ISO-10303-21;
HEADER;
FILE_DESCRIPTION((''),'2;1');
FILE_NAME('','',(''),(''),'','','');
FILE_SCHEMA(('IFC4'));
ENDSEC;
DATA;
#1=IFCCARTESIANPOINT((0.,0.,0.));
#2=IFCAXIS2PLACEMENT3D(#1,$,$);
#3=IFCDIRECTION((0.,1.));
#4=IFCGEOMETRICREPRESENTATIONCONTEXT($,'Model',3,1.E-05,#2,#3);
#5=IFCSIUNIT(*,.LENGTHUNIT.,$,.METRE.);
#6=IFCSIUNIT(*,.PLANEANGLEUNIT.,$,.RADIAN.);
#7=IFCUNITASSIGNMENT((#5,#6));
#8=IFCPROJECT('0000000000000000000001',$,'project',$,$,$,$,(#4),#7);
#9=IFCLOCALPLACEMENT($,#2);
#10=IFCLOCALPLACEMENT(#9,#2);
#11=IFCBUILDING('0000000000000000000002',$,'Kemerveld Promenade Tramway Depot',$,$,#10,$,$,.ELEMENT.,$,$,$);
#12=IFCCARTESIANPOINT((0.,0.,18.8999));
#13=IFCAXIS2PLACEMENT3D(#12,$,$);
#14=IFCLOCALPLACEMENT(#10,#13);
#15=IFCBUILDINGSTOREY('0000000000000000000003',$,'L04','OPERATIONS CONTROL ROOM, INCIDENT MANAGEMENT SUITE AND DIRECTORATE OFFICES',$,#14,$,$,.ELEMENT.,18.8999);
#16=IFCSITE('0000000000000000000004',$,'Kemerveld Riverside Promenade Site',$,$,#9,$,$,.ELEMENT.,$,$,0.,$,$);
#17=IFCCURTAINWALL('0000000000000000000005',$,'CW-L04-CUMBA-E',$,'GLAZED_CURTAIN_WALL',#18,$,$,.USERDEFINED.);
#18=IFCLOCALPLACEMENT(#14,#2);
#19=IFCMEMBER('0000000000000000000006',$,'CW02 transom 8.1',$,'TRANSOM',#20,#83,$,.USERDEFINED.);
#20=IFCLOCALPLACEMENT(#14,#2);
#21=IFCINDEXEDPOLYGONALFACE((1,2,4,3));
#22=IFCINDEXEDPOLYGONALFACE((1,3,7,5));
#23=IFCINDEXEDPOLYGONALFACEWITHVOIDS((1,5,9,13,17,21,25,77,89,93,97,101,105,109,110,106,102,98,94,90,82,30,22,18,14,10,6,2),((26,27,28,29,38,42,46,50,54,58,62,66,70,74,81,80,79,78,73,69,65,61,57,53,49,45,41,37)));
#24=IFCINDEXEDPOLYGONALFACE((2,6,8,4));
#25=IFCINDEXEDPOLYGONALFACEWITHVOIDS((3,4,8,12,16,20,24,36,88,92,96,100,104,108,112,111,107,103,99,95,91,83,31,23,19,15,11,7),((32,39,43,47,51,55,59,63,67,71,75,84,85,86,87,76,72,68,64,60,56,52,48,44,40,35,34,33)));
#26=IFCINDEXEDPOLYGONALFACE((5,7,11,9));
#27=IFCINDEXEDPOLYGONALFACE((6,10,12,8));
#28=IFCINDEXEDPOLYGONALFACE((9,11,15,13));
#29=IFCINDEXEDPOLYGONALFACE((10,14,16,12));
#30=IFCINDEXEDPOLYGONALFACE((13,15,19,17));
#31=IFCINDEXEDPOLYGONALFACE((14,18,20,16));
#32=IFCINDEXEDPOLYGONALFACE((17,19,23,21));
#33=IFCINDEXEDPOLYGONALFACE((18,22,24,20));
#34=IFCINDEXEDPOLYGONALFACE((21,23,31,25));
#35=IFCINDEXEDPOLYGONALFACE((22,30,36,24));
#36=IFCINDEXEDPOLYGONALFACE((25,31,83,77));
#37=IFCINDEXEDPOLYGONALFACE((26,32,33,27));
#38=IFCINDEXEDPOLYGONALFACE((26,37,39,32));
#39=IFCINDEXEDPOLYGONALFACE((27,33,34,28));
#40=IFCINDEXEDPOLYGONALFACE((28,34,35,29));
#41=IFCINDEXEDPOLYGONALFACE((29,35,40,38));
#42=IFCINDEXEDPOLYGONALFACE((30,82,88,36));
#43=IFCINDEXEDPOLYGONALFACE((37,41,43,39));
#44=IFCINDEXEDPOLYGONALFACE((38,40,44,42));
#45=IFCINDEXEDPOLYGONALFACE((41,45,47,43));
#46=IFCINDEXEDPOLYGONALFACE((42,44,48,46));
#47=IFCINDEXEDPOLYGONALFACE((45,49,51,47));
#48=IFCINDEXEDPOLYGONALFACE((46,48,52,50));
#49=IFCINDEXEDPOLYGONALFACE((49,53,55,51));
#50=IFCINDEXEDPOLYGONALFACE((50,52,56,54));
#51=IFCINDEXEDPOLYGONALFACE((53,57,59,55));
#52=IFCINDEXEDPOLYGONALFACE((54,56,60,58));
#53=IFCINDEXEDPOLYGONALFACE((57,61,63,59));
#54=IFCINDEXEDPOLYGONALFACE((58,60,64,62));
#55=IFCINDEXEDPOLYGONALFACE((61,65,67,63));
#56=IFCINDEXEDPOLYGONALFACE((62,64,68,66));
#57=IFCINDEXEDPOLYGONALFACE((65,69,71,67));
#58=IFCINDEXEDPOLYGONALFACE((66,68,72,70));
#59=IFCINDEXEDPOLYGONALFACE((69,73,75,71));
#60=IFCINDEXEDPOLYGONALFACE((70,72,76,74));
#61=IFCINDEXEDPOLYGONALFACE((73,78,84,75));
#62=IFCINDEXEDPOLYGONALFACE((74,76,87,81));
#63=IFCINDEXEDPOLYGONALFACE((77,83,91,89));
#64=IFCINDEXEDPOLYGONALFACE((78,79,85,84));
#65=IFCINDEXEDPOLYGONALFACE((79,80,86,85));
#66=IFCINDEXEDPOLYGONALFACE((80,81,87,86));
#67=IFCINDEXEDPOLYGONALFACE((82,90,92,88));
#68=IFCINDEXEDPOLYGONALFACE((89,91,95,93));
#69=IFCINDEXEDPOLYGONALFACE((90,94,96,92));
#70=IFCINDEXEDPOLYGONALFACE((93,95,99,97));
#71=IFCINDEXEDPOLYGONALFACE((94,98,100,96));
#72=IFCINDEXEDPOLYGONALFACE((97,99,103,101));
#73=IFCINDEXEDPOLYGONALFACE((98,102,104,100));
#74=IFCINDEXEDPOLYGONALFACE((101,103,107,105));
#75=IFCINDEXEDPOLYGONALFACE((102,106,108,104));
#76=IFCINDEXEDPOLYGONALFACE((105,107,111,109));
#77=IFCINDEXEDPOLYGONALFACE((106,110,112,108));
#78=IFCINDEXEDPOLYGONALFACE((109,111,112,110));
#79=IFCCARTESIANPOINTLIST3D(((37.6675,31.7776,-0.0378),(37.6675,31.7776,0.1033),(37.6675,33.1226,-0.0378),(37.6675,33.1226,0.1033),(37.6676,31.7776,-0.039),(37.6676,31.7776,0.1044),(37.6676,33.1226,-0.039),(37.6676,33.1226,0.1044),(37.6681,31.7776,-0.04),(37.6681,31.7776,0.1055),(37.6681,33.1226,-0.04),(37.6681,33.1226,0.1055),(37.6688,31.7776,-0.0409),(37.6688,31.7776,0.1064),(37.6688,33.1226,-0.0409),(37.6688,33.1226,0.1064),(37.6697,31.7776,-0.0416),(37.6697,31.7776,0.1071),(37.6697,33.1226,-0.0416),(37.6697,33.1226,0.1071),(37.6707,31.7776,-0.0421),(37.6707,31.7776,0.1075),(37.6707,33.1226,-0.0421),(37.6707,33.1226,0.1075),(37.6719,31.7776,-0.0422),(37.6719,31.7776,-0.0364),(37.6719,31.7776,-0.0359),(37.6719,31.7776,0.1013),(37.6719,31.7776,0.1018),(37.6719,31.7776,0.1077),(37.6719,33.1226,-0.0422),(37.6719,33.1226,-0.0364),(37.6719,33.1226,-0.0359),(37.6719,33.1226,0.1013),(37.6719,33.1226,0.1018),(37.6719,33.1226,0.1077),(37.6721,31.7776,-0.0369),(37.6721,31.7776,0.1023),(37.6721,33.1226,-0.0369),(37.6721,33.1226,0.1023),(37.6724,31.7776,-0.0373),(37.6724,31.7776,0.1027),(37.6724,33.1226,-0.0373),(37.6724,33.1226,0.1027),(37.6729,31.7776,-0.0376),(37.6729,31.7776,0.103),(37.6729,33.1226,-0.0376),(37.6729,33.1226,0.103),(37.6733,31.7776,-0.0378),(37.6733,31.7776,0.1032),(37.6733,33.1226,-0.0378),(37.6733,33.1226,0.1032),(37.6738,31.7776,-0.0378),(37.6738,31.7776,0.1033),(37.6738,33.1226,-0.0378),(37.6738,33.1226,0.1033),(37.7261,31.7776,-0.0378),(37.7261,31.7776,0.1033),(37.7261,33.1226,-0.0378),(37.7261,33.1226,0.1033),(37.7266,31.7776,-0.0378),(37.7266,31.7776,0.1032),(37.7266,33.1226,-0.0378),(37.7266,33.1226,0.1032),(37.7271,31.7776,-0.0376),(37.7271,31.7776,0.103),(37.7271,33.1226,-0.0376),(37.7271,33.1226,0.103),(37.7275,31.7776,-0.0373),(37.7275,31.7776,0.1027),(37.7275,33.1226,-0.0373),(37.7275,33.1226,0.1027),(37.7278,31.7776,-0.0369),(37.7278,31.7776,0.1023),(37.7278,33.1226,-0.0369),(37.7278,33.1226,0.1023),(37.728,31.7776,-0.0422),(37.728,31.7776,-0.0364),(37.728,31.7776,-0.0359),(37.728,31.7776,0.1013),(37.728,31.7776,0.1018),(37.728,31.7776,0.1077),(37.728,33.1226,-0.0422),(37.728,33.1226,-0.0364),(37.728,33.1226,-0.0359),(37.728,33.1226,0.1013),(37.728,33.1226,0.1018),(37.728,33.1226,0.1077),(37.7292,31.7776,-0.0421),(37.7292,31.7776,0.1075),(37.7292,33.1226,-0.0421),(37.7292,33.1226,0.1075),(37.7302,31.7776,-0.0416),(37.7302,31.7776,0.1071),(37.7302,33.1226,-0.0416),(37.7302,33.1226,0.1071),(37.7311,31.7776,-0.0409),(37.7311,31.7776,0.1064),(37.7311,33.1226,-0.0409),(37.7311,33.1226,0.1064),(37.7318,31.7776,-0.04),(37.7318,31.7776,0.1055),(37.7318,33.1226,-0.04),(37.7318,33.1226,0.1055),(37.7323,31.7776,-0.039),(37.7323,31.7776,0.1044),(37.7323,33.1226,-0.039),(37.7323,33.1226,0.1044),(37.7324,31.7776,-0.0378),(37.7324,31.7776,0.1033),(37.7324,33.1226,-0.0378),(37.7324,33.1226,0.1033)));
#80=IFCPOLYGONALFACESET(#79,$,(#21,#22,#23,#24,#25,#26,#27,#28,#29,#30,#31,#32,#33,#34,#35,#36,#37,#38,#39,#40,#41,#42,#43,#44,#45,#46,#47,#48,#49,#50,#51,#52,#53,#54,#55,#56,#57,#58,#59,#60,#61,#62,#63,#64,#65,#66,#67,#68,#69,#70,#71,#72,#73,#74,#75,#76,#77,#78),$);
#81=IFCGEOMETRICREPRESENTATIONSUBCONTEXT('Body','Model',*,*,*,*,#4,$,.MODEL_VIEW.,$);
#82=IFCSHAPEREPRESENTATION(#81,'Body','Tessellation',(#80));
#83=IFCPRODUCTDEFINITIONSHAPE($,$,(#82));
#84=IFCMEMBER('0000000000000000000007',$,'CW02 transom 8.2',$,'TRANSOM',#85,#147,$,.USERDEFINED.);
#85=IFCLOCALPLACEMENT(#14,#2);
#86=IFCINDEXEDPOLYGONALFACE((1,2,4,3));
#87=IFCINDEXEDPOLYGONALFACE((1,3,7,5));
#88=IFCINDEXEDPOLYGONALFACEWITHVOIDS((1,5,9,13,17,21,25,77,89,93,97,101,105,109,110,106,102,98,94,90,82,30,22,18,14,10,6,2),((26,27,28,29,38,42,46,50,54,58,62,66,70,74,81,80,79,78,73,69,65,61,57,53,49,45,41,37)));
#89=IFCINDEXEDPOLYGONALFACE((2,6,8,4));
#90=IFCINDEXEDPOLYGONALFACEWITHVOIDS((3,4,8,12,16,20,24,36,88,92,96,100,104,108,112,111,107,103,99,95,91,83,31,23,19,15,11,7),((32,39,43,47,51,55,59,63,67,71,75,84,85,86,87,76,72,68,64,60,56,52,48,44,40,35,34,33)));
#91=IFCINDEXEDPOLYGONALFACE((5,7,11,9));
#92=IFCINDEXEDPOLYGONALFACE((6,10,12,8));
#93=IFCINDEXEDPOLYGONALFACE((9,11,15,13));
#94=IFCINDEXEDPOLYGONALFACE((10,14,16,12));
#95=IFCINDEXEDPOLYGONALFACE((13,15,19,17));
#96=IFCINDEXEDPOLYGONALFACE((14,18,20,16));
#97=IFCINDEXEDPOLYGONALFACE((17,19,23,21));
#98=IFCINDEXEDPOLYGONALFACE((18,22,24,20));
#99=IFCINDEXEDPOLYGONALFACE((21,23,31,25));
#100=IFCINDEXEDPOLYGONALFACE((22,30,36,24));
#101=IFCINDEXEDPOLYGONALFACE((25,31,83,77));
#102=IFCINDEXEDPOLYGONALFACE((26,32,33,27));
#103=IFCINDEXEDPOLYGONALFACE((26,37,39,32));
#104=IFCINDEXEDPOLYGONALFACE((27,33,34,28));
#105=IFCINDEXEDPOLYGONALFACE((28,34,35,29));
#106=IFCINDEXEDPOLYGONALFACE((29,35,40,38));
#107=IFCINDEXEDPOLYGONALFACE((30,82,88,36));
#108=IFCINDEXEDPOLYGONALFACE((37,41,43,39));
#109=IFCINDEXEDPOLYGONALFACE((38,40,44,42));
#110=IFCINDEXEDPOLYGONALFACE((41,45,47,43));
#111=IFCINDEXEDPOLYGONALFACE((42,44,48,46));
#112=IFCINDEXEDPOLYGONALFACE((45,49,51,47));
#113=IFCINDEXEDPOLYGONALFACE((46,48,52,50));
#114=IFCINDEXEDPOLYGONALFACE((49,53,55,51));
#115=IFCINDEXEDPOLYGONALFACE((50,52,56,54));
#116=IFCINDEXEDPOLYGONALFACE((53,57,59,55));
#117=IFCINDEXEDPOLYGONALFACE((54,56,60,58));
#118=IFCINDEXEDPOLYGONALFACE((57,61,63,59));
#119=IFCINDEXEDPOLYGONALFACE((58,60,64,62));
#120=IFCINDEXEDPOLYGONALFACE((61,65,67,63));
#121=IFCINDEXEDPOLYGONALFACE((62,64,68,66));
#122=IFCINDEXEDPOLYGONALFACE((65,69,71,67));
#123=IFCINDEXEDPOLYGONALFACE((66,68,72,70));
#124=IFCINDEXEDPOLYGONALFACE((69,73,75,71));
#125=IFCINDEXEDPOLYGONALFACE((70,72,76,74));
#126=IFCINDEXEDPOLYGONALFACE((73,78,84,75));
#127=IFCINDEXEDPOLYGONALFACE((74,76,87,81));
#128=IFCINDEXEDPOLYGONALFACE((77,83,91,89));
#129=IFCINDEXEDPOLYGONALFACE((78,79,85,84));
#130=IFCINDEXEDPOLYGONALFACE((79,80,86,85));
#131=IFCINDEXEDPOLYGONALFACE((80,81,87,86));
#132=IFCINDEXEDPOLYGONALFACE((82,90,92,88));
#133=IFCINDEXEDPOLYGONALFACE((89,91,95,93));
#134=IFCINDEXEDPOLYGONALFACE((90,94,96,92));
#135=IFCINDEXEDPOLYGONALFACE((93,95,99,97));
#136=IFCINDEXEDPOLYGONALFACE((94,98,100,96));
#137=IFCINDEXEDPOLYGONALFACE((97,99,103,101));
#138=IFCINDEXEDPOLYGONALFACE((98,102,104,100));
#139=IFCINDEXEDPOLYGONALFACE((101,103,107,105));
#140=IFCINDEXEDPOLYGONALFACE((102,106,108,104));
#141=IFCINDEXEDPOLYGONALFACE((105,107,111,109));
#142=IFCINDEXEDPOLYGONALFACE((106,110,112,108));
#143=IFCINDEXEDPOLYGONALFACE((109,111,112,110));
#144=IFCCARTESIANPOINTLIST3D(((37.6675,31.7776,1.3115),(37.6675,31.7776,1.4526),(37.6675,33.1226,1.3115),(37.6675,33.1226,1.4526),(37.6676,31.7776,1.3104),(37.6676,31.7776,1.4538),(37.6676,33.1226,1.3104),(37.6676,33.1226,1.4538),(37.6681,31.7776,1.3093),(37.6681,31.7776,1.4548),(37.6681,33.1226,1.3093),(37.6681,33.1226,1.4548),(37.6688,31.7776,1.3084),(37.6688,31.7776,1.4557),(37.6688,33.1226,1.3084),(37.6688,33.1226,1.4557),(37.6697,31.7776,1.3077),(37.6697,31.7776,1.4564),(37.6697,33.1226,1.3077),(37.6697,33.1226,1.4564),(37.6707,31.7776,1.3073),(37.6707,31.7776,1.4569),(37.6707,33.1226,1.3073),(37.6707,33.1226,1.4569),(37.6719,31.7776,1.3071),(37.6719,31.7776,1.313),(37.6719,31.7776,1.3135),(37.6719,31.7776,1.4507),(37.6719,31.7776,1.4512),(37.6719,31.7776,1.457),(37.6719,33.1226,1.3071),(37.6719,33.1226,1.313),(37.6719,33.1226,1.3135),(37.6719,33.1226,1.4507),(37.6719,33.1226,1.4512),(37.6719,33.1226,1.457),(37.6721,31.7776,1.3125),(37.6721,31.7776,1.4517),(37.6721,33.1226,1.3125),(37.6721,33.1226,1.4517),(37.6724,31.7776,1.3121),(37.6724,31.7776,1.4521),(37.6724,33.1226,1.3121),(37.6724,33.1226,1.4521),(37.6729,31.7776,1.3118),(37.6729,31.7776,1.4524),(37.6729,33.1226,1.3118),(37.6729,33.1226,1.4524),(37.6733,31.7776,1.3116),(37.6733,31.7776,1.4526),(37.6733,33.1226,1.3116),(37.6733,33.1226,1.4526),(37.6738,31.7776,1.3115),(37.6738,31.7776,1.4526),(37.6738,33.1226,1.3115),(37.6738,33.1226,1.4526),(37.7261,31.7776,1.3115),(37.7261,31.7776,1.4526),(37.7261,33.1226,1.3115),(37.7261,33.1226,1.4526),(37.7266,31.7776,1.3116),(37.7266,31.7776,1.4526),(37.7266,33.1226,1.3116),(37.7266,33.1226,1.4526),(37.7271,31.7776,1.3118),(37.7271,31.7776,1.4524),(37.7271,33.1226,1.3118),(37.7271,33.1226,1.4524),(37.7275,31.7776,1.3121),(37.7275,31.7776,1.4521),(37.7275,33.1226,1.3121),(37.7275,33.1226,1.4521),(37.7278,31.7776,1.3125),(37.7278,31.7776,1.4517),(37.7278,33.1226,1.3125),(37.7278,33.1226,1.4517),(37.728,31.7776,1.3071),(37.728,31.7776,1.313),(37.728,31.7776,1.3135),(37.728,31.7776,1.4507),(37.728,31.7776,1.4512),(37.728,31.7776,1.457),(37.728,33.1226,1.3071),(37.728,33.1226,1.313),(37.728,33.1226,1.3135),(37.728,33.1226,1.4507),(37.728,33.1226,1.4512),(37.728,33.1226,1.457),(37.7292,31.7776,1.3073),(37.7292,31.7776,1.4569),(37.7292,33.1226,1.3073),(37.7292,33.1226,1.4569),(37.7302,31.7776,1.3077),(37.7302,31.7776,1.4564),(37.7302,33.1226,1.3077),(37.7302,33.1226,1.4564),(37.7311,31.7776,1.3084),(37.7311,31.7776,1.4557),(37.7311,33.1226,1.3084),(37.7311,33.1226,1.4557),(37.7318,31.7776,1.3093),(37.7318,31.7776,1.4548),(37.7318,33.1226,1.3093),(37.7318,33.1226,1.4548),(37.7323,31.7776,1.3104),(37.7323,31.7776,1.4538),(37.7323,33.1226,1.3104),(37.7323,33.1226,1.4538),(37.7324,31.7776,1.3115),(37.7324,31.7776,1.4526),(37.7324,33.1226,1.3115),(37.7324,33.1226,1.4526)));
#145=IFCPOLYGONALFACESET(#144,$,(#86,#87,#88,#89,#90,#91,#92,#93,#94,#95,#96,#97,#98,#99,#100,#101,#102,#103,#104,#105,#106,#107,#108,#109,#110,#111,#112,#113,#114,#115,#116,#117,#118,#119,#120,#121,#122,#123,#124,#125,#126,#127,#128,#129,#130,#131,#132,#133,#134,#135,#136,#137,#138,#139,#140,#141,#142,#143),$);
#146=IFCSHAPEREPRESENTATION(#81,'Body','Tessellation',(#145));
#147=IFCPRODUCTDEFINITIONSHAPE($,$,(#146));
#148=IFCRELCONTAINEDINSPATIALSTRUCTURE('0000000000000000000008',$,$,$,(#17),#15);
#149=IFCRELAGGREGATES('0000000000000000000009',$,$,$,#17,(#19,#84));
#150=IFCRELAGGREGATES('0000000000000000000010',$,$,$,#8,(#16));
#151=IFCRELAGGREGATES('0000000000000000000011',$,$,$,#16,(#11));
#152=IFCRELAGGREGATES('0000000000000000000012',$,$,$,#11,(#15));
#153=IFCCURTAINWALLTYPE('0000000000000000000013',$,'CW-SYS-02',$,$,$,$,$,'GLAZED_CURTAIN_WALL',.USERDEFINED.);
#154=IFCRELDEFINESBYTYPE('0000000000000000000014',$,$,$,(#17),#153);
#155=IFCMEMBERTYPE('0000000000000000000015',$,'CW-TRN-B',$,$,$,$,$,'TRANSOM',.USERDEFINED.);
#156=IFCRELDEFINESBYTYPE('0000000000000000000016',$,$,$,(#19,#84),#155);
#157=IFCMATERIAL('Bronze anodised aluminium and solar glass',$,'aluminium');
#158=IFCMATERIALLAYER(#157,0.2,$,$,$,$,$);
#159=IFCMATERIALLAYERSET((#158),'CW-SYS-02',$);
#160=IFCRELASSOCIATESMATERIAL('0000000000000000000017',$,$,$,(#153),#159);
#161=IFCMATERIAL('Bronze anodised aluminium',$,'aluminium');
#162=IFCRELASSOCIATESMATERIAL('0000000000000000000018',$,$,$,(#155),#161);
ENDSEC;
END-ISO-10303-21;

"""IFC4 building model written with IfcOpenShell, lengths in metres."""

from ifc_helpers import new_model, si_unit, direction, frame, origin, origin_2d, place, context, subcontext, project, spatial, hollow_rectangle, extrude, material, layer, layer_set, material_profile, profile_set, type_object, element, aggregate, save


model = new_model("IFC4")

# Units and contexts
model_context = context("Model", 3, precision=1e-05, world=origin(), true_north=direction((0.0, 1.0)))
body_context = subcontext(model_context, "Body", "Model", "MODEL_VIEW")
ifc_project = project(units=[si_unit("LENGTHUNIT", "METRE"), si_unit("PLANEANGLEUNIT", "RADIAN")], contexts=[model_context])

# Site, building, storey
site_placement = place(None, origin())
site = spatial("IfcSite", under=ifc_project, at=site_placement, Name="Kemerveld Riverside Promenade Site", CompositionType="ELEMENT", RefElevation=0.0)
building_placement = place(site_placement, origin())
building = spatial("IfcBuilding", under=site, at=building_placement, Name="Kemerveld Promenade Tramway Depot", CompositionType="ELEMENT")
storey_placement = place(building_placement, frame((0.0, 0.0, 18.8999)))
storey = spatial("IfcBuildingStorey", under=building, at=storey_placement, Name="L04", Description="OPERATIONS CONTROL ROOM, INCIDENT MANAGEMENT SUITE AND DIRECTORATE OFFICES", CompositionType="ELEMENT", Elevation=18.8999)

# Curtain wall, members
ifc_material_1 = material(Name="Bronze anodised aluminium and solar glass", Category="aluminium")
ifc_layer_1 = layer(ifc_material_1, 0.2)
ifc_layer_set_1 = layer_set([ifc_layer_1], Name="CW-SYS-02")
curtain_wall_type = type_object("IfcCurtainWallType", Name="CW-SYS-02", ElementType="GLAZED_CURTAIN_WALL", PredefinedType="USERDEFINED", material=ifc_layer_set_1)
curtain_wall_placement = place(storey_placement, origin())
curtain_wall = element("IfcCurtainWall", 1, at=curtain_wall_placement, inside=storey, type_object=curtain_wall_type, Name="CW-L04-CUMBA-E", ObjectType="GLAZED_CURTAIN_WALL", PredefinedType="USERDEFINED")
ifc_material_2 = material(Name="Bronze anodised aluminium", Category="aluminium")
ifc_material_profile_1 = material_profile(ifc_material_2, hollow_rectangle(XDim=0.0649, YDim=0.1499, WallThickness=0.0044, InnerFilletRadius=0.002, OuterFilletRadius=0.0044, at=origin_2d()), Name="CW-TRN-150x65")
ifc_profile_set_1 = profile_set([ifc_material_profile_1], Name="Bronze anodised aluminium")
member_type_1 = type_object("IfcMemberType", Name="CW-TRN-B", ElementType="TRANSOM", PredefinedType="USERDEFINED", material=ifc_profile_set_1)
member_1_placement = place(storey_placement, frame((37.7, 33.1226, 0.0327), z_axis=(0.0, -1.0, 0.0), x_axis=(1.0, 0.0, 0.0)))
member_1 = element("IfcMember", 2, at=member_1_placement, type_object=member_type_1, Name="CW02 transom 8.1", ObjectType="TRANSOM", PredefinedType="USERDEFINED", context=body_context, shape_type="SweptSolid", body=[
    extrude(hollow_rectangle(XDim=0.0649, YDim=0.1499, WallThickness=0.0044, InnerFilletRadius=0.002, OuterFilletRadius=0.0044, at=origin_2d()), origin(), (0.0, 0.0, 1.0), 1.345),
])
member_2_placement = place(storey_placement, frame((37.7, 33.1226, 1.3821), z_axis=(0.0, -1.0, 0.0), x_axis=(1.0, 0.0, 0.0)))
member_2 = element("IfcMember", 3, at=member_2_placement, type_object=member_type_1, Name="CW02 transom 8.2", ObjectType="TRANSOM", PredefinedType="USERDEFINED", context=body_context, shape_type="SweptSolid", body=[
    extrude(hollow_rectangle(XDim=0.0649, YDim=0.1499, WallThickness=0.0044, InnerFilletRadius=0.002, OuterFilletRadius=0.0044, at=origin_2d()), origin(), (0.0, 0.0, 1.0), 1.345),
])
aggregate(curtain_wall, [member_1, member_2])

save(model, "model.ifc")
